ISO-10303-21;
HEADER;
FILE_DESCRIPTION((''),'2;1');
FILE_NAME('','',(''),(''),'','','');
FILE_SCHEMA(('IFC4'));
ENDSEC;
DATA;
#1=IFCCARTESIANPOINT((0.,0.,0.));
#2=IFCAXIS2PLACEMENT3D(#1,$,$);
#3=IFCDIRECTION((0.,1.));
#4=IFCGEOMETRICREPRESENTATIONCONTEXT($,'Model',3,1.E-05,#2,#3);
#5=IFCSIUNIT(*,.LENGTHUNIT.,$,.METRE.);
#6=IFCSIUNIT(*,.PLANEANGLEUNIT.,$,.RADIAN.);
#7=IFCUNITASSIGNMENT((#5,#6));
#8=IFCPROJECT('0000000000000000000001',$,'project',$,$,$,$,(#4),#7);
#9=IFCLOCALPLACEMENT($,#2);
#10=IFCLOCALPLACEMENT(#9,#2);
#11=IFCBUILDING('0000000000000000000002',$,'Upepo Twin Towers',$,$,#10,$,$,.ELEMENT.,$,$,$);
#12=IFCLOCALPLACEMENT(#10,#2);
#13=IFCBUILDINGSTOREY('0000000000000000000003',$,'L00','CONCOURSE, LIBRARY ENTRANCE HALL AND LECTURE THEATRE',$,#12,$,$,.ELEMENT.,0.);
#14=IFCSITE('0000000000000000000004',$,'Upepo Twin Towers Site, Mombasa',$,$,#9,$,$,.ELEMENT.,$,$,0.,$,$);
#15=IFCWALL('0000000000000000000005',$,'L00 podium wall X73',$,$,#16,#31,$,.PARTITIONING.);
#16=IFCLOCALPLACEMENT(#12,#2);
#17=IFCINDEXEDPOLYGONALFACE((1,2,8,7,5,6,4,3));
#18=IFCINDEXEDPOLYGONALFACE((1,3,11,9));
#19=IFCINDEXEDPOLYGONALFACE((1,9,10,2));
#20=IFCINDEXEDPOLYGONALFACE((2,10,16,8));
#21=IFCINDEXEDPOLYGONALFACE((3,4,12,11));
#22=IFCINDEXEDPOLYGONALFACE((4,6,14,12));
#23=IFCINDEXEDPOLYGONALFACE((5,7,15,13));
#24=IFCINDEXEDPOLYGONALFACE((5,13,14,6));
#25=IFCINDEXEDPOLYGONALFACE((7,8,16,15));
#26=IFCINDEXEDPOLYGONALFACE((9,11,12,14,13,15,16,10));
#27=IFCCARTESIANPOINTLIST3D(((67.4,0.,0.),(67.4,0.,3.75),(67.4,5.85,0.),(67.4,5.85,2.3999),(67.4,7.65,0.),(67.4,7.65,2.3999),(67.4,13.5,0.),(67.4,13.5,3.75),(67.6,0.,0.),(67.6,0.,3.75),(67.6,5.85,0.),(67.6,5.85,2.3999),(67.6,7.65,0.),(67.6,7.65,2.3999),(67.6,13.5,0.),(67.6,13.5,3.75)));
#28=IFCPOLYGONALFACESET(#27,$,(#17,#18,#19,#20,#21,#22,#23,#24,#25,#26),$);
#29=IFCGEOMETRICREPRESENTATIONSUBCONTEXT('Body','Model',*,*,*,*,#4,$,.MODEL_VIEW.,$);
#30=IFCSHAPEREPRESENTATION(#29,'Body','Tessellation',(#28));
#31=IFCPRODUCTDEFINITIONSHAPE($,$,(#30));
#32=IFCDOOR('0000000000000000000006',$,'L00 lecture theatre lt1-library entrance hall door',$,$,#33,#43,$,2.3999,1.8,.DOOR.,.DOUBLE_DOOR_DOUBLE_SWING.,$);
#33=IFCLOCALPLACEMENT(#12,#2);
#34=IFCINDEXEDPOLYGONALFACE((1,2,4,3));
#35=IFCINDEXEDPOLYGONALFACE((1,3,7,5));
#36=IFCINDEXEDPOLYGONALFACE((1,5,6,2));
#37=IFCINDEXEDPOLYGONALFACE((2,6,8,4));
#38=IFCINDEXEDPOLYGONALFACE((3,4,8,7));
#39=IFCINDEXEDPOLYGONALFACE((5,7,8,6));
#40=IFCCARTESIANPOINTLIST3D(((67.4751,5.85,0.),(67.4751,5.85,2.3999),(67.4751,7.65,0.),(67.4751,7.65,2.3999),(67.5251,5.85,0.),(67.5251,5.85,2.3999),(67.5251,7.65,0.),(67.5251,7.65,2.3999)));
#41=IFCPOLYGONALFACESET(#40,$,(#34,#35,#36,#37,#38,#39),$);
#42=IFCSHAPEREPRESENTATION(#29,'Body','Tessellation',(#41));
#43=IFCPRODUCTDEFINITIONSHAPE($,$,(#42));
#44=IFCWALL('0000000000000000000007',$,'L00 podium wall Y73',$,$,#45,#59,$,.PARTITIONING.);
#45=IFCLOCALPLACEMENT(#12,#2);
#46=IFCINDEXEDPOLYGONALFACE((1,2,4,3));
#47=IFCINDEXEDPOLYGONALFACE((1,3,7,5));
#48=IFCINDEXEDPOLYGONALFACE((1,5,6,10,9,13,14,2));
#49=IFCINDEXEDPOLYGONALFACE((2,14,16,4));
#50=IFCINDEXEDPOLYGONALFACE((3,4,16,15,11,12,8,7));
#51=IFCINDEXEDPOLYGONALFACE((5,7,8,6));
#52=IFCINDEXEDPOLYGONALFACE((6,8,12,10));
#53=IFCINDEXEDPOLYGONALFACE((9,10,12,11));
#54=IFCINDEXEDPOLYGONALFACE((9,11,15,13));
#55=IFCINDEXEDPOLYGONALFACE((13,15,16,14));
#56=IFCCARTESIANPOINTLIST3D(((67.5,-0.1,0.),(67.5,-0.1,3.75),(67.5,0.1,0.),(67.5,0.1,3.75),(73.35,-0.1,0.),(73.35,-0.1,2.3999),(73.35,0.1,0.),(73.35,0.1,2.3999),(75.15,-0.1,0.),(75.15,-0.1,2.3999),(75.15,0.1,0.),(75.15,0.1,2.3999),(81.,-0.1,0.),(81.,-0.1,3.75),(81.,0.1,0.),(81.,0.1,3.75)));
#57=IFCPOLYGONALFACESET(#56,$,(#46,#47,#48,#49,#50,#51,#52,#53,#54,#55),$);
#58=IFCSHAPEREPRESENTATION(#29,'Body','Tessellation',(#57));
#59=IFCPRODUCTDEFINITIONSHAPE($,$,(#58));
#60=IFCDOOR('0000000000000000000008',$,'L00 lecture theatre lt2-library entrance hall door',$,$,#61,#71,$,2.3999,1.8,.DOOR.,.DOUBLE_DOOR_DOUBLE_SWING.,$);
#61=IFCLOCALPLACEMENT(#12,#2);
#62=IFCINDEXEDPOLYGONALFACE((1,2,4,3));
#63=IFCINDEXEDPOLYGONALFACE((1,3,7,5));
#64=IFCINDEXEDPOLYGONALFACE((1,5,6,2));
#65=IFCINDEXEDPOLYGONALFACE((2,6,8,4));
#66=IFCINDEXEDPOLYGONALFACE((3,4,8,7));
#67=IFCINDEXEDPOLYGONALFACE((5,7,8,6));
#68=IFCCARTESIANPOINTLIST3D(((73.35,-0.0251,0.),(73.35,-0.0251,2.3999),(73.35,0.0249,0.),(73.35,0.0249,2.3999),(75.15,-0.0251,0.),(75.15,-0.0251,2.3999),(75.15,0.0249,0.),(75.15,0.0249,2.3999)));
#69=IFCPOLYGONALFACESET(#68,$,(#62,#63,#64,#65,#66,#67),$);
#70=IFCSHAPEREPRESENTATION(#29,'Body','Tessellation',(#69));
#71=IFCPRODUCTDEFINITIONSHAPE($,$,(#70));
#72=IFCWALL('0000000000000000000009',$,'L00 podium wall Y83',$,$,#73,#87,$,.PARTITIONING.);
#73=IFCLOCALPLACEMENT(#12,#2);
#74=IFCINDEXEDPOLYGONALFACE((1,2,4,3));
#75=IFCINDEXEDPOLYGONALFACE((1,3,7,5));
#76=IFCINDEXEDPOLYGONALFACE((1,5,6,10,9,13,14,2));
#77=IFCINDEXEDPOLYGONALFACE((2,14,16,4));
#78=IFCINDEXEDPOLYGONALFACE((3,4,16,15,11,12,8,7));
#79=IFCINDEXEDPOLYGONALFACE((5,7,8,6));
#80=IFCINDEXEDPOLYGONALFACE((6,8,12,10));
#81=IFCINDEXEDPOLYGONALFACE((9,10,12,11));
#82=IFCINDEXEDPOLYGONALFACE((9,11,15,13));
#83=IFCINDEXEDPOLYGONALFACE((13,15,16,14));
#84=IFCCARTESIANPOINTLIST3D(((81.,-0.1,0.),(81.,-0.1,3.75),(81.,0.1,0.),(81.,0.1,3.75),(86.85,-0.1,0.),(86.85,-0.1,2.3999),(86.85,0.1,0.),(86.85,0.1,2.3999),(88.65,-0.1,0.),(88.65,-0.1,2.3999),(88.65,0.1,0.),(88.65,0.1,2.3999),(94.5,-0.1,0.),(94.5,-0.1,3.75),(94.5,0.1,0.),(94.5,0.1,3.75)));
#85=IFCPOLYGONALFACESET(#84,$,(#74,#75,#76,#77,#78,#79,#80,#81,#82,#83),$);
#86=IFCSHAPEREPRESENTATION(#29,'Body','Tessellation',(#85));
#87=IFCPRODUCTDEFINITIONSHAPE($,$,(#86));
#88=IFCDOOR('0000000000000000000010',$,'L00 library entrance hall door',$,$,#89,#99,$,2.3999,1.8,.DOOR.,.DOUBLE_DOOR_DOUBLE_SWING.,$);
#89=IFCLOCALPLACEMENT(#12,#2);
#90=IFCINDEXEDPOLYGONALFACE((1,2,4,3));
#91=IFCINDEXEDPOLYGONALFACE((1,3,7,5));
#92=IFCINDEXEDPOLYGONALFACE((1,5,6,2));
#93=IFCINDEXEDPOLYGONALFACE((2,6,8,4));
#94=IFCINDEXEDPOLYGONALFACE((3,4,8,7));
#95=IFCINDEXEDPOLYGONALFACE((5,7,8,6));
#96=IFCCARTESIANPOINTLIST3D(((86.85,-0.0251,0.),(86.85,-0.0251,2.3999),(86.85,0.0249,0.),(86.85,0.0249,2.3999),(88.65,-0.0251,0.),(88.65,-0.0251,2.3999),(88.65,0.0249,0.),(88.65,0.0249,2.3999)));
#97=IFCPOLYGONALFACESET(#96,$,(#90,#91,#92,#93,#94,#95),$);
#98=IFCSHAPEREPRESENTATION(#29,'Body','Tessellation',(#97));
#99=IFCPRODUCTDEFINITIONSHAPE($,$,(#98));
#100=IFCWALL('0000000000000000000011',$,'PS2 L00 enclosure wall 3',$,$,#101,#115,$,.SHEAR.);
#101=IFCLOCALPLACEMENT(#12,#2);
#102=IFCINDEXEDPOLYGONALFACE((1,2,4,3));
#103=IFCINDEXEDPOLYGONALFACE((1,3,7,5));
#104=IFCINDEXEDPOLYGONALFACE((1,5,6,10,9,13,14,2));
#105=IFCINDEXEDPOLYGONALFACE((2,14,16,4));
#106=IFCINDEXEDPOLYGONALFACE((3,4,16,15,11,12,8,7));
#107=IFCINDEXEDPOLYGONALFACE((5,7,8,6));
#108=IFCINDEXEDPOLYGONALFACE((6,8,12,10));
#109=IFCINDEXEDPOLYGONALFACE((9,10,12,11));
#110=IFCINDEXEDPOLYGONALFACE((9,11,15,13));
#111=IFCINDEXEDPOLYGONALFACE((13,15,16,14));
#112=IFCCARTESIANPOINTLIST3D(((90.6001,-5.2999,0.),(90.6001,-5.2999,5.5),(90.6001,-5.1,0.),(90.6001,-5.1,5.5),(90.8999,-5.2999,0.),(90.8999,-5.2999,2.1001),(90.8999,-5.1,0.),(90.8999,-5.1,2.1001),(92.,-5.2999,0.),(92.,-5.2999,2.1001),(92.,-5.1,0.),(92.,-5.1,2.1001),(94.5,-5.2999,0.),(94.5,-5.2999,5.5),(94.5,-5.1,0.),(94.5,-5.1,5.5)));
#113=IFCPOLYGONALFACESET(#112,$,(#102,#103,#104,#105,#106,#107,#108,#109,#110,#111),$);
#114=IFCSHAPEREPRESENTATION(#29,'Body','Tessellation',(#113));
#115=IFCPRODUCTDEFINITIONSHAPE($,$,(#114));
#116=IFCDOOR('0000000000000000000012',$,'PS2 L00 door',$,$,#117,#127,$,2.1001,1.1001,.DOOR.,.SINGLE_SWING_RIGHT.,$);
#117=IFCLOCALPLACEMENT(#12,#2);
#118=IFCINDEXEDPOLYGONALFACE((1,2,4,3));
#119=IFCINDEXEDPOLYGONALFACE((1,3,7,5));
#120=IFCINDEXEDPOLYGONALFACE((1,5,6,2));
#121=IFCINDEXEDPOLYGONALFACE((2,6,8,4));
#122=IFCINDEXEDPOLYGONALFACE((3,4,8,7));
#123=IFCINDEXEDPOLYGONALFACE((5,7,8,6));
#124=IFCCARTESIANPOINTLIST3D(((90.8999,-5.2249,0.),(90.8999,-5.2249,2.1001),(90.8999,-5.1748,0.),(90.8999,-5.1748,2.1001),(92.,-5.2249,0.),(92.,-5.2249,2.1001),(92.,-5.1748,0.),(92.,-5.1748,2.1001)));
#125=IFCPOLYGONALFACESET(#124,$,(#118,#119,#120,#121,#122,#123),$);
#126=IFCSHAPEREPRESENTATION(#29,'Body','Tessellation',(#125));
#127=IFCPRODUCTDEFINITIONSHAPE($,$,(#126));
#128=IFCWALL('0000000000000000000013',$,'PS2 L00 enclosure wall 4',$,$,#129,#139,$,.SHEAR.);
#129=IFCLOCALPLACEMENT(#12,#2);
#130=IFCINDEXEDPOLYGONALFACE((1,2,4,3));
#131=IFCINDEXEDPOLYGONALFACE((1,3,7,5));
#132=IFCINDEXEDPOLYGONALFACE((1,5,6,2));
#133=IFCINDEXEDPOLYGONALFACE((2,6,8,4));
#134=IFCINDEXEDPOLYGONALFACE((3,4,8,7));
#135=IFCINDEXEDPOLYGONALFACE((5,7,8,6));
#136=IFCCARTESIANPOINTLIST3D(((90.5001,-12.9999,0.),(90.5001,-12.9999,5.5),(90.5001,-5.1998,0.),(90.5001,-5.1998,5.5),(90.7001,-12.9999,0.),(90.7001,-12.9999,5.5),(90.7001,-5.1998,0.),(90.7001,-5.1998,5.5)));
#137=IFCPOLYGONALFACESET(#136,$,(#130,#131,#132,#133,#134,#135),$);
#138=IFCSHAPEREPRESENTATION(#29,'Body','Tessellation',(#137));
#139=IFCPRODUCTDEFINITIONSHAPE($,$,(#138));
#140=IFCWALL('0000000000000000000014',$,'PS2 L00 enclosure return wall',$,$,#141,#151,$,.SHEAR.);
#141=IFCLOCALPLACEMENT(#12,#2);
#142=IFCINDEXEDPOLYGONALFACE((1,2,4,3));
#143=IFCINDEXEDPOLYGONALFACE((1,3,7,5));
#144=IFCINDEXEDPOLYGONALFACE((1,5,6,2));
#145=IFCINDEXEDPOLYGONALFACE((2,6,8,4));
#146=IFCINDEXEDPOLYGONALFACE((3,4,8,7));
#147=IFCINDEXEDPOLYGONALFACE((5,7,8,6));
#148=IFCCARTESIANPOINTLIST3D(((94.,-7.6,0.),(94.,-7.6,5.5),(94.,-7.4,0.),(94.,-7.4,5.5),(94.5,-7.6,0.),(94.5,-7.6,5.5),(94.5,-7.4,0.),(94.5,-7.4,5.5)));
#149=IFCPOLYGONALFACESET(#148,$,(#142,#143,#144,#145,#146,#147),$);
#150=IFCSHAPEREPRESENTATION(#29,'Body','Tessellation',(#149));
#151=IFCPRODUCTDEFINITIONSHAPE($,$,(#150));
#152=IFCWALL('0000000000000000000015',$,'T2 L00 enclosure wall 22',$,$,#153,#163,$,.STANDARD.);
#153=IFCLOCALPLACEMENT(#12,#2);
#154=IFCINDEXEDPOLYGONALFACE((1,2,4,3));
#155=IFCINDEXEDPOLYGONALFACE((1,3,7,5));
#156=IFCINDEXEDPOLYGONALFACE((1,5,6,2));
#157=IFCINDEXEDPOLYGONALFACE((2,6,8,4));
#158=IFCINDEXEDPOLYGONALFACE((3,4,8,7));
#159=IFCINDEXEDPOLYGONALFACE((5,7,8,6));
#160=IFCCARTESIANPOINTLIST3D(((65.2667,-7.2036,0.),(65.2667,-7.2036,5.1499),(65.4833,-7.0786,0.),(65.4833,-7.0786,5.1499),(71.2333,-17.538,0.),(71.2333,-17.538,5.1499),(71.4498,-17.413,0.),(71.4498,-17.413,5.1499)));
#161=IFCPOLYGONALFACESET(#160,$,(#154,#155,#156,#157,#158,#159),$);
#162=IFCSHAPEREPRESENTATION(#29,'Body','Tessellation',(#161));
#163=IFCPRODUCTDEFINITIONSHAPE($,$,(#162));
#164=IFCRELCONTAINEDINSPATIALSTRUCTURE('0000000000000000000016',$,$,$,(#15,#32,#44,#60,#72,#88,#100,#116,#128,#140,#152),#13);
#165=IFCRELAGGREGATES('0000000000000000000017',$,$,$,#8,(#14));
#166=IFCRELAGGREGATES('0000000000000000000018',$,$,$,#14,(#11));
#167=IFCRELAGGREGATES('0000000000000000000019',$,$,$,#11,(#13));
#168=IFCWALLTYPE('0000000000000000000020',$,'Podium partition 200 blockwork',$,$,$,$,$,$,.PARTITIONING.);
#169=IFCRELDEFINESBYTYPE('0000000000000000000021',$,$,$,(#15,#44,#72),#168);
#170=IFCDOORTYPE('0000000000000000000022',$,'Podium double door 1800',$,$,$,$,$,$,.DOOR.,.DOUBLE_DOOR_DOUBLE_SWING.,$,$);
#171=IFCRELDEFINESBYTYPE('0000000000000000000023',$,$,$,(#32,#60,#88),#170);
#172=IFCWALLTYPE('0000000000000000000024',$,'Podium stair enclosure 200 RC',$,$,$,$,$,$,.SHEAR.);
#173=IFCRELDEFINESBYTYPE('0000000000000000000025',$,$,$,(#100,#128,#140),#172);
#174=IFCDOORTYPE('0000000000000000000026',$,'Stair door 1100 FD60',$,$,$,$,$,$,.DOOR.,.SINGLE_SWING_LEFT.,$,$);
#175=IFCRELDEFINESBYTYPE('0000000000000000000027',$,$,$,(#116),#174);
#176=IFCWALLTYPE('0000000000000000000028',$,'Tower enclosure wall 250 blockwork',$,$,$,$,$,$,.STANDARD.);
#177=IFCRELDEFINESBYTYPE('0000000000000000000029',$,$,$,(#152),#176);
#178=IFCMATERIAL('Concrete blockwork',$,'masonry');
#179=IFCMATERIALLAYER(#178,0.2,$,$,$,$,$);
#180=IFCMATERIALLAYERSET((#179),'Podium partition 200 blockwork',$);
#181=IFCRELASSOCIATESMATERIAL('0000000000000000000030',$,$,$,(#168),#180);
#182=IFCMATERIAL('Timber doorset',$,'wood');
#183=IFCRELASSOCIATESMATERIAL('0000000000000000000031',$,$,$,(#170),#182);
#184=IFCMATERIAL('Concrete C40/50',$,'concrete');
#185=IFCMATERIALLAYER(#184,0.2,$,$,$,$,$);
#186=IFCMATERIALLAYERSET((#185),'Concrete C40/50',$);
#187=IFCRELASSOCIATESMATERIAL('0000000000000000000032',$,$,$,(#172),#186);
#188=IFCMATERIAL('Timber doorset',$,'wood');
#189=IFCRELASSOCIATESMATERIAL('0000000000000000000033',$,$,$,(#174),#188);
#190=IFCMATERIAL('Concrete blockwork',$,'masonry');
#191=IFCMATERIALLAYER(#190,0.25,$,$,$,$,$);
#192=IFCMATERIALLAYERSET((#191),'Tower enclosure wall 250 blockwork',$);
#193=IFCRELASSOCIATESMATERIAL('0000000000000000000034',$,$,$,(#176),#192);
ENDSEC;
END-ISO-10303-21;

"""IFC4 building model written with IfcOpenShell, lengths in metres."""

from ifc_helpers import new_model, si_unit, direction, frame, frame_2d, origin, place, context, subcontext, project, spatial, rectangle, extrude, material, layer, layer_set, type_object, element, fill, save


model = new_model("IFC4")

# Units and contexts
model_context = context("Model", 3, precision=1e-05, world=origin(), true_north=direction((0.0, 1.0)))
body_context = subcontext(model_context, "Body", "Model", "MODEL_VIEW")
ifc_project = project(units=[si_unit("LENGTHUNIT", "METRE"), si_unit("PLANEANGLEUNIT", "RADIAN")], contexts=[model_context])

# Site, building, storey
site_placement = place(None, origin())
site = spatial("IfcSite", under=ifc_project, at=site_placement, Name="Upepo Twin Towers Site, Mombasa", CompositionType="ELEMENT", RefElevation=0.0)
building_placement = place(site_placement, origin())
building = spatial("IfcBuilding", under=site, at=building_placement, Name="Upepo Twin Towers", CompositionType="ELEMENT")
storey_placement = place(building_placement, origin())
storey = spatial("IfcBuildingStorey", under=building, at=storey_placement, Name="L00", Description="CONCOURSE, LIBRARY ENTRANCE HALL AND LECTURE THEATRE", CompositionType="ELEMENT", Elevation=0.0)

# Shared definitions
ifc_material_1 = material(Name="Concrete blockwork", Category="masonry")
ifc_layer_1 = layer(ifc_material_1, 0.2)
ifc_layer_set_1 = layer_set([ifc_layer_1], Name="Podium partition 200 blockwork")
wall_type_1 = type_object("IfcWallType", Name="Podium partition 200 blockwork", PredefinedType="PARTITIONING", material=ifc_layer_set_1)

# Walls, openings, doors
wall_1_placement = place(storey_placement, frame((67.5, 0.0, 0.0), z_axis=(0.0, 0.0, 1.0), x_axis=(0.0, 1.0, 0.0)))
wall_1 = element("IfcWall", 1, at=wall_1_placement, inside=storey, type_object=wall_type_1, Name="L00 podium wall X73", PredefinedType="PARTITIONING", context=body_context, shape_type="SweptSolid", body=[
    extrude(rectangle(XDim=13.5, YDim=0.2, at=frame_2d((6.75, 0.0))), origin(), (0.0, 0.0, 1.0), 3.75),
])
opening_1_placement = place(wall_1_placement, frame((5.8501, 0.0, 0.0)))
opening_1 = element("IfcOpeningElement", 2, at=opening_1_placement, cuts=wall_1, PredefinedType="OPENING", context=body_context, shape_type="SweptSolid", body=[
    extrude(rectangle(XDim=1.8, YDim=2.3999, at=frame_2d((0.8999, 1.2))), frame((0.0, 0.1099, 0.0), z_axis=(0.0, -1.0, 0.0), x_axis=(1.0, 0.0, 0.0)), (0.0, 0.0, 1.0), 0.22),
])
ifc_material_2 = material(Name="Timber doorset", Category="wood")
door_type_1 = type_object("IfcDoorType", Name="Podium double door 1800", OperationType="DOUBLE_DOOR_DOUBLE_SWING", PredefinedType="DOOR", material=ifc_material_2)
door_1_placement = place(opening_1_placement, origin())
door_1 = element("IfcDoor", 3, at=door_1_placement, inside=storey, type_object=door_type_1, Name="L00 lecture theatre lt1-library entrance hall door", OperationType="DOUBLE_DOOR_DOUBLE_SWING", OverallHeight=2.3999, OverallWidth=1.8, PredefinedType="DOOR", context=body_context, shape_type="SweptSolid", body=[
    extrude(rectangle(XDim=1.8, YDim=2.3999, at=frame_2d((0.8999, 1.2))), frame((0.0, 0.0249, 0.0), z_axis=(0.0, -1.0, 0.0), x_axis=(1.0, 0.0, 0.0)), (0.0, 0.0, 1.0), 0.05),
])
fill(opening_1, door_1)
wall_2_placement = place(storey_placement, frame((67.5, 0.0, 0.0), z_axis=(0.0, 0.0, 1.0), x_axis=(1.0, 0.0, 0.0)))
wall_2 = element("IfcWall", 4, at=wall_2_placement, inside=storey, type_object=wall_type_1, Name="L00 podium wall Y73", PredefinedType="PARTITIONING", context=body_context, shape_type="SweptSolid", body=[
    extrude(rectangle(XDim=13.5, YDim=0.2, at=frame_2d((6.75, 0.0))), origin(), (0.0, 0.0, 1.0), 3.75),
])
opening_2_placement = place(wall_2_placement, frame((5.8501, 0.0, 0.0)))
opening_2 = element("IfcOpeningElement", 5, at=opening_2_placement, cuts=wall_2, PredefinedType="OPENING", context=body_context, shape_type="SweptSolid", body=[
    extrude(rectangle(XDim=1.8, YDim=2.3999, at=frame_2d((0.8999, 1.2))), frame((0.0, 0.1099, 0.0), z_axis=(0.0, -1.0, 0.0), x_axis=(1.0, 0.0, 0.0)), (0.0, 0.0, 1.0), 0.22),
])
door_2_placement = place(opening_2_placement, origin())
door_2 = element("IfcDoor", 6, at=door_2_placement, inside=storey, type_object=door_type_1, Name="L00 lecture theatre lt2-library entrance hall door", OperationType="DOUBLE_DOOR_DOUBLE_SWING", OverallHeight=2.3999, OverallWidth=1.8, PredefinedType="DOOR", context=body_context, shape_type="SweptSolid", body=[
    extrude(rectangle(XDim=1.8, YDim=2.3999, at=frame_2d((0.8999, 1.2))), frame((0.0, 0.0249, 0.0), z_axis=(0.0, -1.0, 0.0), x_axis=(1.0, 0.0, 0.0)), (0.0, 0.0, 1.0), 0.05),
])
fill(opening_2, door_2)
wall_3_placement = place(storey_placement, frame((81.0, 0.0, 0.0), z_axis=(0.0, 0.0, 1.0), x_axis=(1.0, 0.0, 0.0)))
wall_3 = element("IfcWall", 7, at=wall_3_placement, inside=storey, type_object=wall_type_1, Name="L00 podium wall Y83", PredefinedType="PARTITIONING", context=body_context, shape_type="SweptSolid", body=[
    extrude(rectangle(XDim=13.5, YDim=0.2, at=frame_2d((6.75, 0.0))), origin(), (0.0, 0.0, 1.0), 3.75),
])
opening_3_placement = place(wall_3_placement, frame((5.8501, 0.0, 0.0)))
opening_3 = element("IfcOpeningElement", 8, at=opening_3_placement, cuts=wall_3, PredefinedType="OPENING", context=body_context, shape_type="SweptSolid", body=[
    extrude(rectangle(XDim=1.8, YDim=2.3999, at=frame_2d((0.8999, 1.2))), frame((0.0, 0.1099, 0.0), z_axis=(0.0, -1.0, 0.0), x_axis=(1.0, 0.0, 0.0)), (0.0, 0.0, 1.0), 0.22),
])
door_3_placement = place(opening_3_placement, origin())
door_3 = element("IfcDoor", 9, at=door_3_placement, inside=storey, type_object=door_type_1, Name="L00 library entrance hall door", OperationType="DOUBLE_DOOR_DOUBLE_SWING", OverallHeight=2.3999, OverallWidth=1.8, PredefinedType="DOOR", context=body_context, shape_type="SweptSolid", body=[
    extrude(rectangle(XDim=1.8, YDim=2.3999, at=frame_2d((0.8999, 1.2))), frame((0.0, 0.0249, 0.0), z_axis=(0.0, -1.0, 0.0), x_axis=(1.0, 0.0, 0.0)), (0.0, 0.0, 1.0), 0.05),
])
fill(opening_3, door_3)
ifc_material_3 = material(Name="Concrete C40/50", Category="concrete")
ifc_layer_2 = layer(ifc_material_3, 0.2)
ifc_layer_set_2 = layer_set([ifc_layer_2], Name="Concrete C40/50")
wall_type_2 = type_object("IfcWallType", Name="Podium stair enclosure 200 RC", PredefinedType="SHEAR", material=ifc_layer_set_2)
wall_4_placement = place(storey_placement, frame((94.5, -5.2, 0.0), z_axis=(0.0, 0.0, 1.0), x_axis=(-1.0, 0.0, 0.0)))
wall_4 = element("IfcWall", 10, at=wall_4_placement, inside=storey, type_object=wall_type_2, Name="PS2 L00 enclosure wall 3", PredefinedType="SHEAR", context=body_context, shape_type="SweptSolid", body=[
    extrude(rectangle(XDim=3.8999, YDim=0.2, at=frame_2d((1.95, 0.0))), origin(), (0.0, 0.0, 1.0), 5.5),
])
opening_4_placement = place(wall_4_placement, frame((2.5, 0.0, 0.0)))
opening_4 = element("IfcOpeningElement", 11, at=opening_4_placement, cuts=wall_4, PredefinedType="OPENING", context=body_context, shape_type="SweptSolid", body=[
    extrude(rectangle(XDim=1.1001, YDim=2.1001, at=frame_2d((0.55, 1.05))), frame((0.0, 0.1099, 0.0), z_axis=(0.0, -1.0, 0.0), x_axis=(1.0, 0.0, 0.0)), (0.0, 0.0, 1.0), 0.22),
])
ifc_material_4 = material(Name="Timber doorset", Category="wood")
door_type_2 = type_object("IfcDoorType", Name="Stair door 1100 FD60", OperationType="SINGLE_SWING_LEFT", PredefinedType="DOOR", material=ifc_material_4)
door_4_placement = place(opening_4_placement, origin())
door_4 = element("IfcDoor", 12, at=door_4_placement, inside=storey, type_object=door_type_2, Name="PS2 L00 door", OperationType="SINGLE_SWING_RIGHT", OverallHeight=2.1001, OverallWidth=1.1001, PredefinedType="DOOR", context=body_context, shape_type="SweptSolid", body=[
    extrude(rectangle(XDim=1.1001, YDim=2.1001, at=frame_2d((0.55, 1.05))), frame((0.0, 0.0249, 0.0), z_axis=(0.0, -1.0, 0.0), x_axis=(1.0, 0.0, 0.0)), (0.0, 0.0, 1.0), 0.05),
])
fill(opening_4, door_4)

# Walls
wall_5_placement = place(storey_placement, frame((90.6001, -5.2, 0.0), z_axis=(0.0, 0.0, 1.0), x_axis=(0.0, -1.0, 0.0)))
element("IfcWall", 13, at=wall_5_placement, inside=storey, type_object=wall_type_2, Name="PS2 L00 enclosure wall 4", PredefinedType="SHEAR", context=body_context, shape_type="SweptSolid", body=[
    extrude(rectangle(XDim=7.8, YDim=0.2, at=frame_2d((3.8999, 0.0))), origin(), (0.0, 0.0, 1.0), 5.5),
])
wall_6_placement = place(storey_placement, frame((94.0, -7.5, 0.0), z_axis=(0.0, 0.0, 1.0), x_axis=(1.0, 0.0, 0.0)))
element("IfcWall", 14, at=wall_6_placement, inside=storey, type_object=wall_type_2, Name="PS2 L00 enclosure return wall", PredefinedType="SHEAR", context=body_context, shape_type="SweptSolid", body=[
    extrude(rectangle(XDim=0.5, YDim=0.2, at=frame_2d((0.25, 0.0))), origin(), (0.0, 0.0, 1.0), 5.5),
])
ifc_material_5 = material(Name="Concrete blockwork", Category="masonry")
ifc_layer_3 = layer(ifc_material_5, 0.25)
ifc_layer_set_3 = layer_set([ifc_layer_3], Name="Tower enclosure wall 250 blockwork")
wall_type_3 = type_object("IfcWallType", Name="Tower enclosure wall 250 blockwork", PredefinedType="STANDARD", material=ifc_layer_set_3)
wall_7_placement = place(storey_placement, frame((65.375, -7.1411, 0.0), z_axis=(0.0, 0.0, 1.0), x_axis=(0.499996, -0.866028, 0.0)))
element("IfcWall", 15, at=wall_7_placement, inside=storey, type_object=wall_type_3, Name="T2 L00 enclosure wall 22", PredefinedType="STANDARD", context=body_context, shape_type="SweptSolid", body=[
    extrude(rectangle(XDim=11.9331, YDim=0.25, at=frame_2d((5.9666, 0.0))), origin(), (0.0, 0.0, 1.0), 5.1499),
])

save(model, "model.ifc")
